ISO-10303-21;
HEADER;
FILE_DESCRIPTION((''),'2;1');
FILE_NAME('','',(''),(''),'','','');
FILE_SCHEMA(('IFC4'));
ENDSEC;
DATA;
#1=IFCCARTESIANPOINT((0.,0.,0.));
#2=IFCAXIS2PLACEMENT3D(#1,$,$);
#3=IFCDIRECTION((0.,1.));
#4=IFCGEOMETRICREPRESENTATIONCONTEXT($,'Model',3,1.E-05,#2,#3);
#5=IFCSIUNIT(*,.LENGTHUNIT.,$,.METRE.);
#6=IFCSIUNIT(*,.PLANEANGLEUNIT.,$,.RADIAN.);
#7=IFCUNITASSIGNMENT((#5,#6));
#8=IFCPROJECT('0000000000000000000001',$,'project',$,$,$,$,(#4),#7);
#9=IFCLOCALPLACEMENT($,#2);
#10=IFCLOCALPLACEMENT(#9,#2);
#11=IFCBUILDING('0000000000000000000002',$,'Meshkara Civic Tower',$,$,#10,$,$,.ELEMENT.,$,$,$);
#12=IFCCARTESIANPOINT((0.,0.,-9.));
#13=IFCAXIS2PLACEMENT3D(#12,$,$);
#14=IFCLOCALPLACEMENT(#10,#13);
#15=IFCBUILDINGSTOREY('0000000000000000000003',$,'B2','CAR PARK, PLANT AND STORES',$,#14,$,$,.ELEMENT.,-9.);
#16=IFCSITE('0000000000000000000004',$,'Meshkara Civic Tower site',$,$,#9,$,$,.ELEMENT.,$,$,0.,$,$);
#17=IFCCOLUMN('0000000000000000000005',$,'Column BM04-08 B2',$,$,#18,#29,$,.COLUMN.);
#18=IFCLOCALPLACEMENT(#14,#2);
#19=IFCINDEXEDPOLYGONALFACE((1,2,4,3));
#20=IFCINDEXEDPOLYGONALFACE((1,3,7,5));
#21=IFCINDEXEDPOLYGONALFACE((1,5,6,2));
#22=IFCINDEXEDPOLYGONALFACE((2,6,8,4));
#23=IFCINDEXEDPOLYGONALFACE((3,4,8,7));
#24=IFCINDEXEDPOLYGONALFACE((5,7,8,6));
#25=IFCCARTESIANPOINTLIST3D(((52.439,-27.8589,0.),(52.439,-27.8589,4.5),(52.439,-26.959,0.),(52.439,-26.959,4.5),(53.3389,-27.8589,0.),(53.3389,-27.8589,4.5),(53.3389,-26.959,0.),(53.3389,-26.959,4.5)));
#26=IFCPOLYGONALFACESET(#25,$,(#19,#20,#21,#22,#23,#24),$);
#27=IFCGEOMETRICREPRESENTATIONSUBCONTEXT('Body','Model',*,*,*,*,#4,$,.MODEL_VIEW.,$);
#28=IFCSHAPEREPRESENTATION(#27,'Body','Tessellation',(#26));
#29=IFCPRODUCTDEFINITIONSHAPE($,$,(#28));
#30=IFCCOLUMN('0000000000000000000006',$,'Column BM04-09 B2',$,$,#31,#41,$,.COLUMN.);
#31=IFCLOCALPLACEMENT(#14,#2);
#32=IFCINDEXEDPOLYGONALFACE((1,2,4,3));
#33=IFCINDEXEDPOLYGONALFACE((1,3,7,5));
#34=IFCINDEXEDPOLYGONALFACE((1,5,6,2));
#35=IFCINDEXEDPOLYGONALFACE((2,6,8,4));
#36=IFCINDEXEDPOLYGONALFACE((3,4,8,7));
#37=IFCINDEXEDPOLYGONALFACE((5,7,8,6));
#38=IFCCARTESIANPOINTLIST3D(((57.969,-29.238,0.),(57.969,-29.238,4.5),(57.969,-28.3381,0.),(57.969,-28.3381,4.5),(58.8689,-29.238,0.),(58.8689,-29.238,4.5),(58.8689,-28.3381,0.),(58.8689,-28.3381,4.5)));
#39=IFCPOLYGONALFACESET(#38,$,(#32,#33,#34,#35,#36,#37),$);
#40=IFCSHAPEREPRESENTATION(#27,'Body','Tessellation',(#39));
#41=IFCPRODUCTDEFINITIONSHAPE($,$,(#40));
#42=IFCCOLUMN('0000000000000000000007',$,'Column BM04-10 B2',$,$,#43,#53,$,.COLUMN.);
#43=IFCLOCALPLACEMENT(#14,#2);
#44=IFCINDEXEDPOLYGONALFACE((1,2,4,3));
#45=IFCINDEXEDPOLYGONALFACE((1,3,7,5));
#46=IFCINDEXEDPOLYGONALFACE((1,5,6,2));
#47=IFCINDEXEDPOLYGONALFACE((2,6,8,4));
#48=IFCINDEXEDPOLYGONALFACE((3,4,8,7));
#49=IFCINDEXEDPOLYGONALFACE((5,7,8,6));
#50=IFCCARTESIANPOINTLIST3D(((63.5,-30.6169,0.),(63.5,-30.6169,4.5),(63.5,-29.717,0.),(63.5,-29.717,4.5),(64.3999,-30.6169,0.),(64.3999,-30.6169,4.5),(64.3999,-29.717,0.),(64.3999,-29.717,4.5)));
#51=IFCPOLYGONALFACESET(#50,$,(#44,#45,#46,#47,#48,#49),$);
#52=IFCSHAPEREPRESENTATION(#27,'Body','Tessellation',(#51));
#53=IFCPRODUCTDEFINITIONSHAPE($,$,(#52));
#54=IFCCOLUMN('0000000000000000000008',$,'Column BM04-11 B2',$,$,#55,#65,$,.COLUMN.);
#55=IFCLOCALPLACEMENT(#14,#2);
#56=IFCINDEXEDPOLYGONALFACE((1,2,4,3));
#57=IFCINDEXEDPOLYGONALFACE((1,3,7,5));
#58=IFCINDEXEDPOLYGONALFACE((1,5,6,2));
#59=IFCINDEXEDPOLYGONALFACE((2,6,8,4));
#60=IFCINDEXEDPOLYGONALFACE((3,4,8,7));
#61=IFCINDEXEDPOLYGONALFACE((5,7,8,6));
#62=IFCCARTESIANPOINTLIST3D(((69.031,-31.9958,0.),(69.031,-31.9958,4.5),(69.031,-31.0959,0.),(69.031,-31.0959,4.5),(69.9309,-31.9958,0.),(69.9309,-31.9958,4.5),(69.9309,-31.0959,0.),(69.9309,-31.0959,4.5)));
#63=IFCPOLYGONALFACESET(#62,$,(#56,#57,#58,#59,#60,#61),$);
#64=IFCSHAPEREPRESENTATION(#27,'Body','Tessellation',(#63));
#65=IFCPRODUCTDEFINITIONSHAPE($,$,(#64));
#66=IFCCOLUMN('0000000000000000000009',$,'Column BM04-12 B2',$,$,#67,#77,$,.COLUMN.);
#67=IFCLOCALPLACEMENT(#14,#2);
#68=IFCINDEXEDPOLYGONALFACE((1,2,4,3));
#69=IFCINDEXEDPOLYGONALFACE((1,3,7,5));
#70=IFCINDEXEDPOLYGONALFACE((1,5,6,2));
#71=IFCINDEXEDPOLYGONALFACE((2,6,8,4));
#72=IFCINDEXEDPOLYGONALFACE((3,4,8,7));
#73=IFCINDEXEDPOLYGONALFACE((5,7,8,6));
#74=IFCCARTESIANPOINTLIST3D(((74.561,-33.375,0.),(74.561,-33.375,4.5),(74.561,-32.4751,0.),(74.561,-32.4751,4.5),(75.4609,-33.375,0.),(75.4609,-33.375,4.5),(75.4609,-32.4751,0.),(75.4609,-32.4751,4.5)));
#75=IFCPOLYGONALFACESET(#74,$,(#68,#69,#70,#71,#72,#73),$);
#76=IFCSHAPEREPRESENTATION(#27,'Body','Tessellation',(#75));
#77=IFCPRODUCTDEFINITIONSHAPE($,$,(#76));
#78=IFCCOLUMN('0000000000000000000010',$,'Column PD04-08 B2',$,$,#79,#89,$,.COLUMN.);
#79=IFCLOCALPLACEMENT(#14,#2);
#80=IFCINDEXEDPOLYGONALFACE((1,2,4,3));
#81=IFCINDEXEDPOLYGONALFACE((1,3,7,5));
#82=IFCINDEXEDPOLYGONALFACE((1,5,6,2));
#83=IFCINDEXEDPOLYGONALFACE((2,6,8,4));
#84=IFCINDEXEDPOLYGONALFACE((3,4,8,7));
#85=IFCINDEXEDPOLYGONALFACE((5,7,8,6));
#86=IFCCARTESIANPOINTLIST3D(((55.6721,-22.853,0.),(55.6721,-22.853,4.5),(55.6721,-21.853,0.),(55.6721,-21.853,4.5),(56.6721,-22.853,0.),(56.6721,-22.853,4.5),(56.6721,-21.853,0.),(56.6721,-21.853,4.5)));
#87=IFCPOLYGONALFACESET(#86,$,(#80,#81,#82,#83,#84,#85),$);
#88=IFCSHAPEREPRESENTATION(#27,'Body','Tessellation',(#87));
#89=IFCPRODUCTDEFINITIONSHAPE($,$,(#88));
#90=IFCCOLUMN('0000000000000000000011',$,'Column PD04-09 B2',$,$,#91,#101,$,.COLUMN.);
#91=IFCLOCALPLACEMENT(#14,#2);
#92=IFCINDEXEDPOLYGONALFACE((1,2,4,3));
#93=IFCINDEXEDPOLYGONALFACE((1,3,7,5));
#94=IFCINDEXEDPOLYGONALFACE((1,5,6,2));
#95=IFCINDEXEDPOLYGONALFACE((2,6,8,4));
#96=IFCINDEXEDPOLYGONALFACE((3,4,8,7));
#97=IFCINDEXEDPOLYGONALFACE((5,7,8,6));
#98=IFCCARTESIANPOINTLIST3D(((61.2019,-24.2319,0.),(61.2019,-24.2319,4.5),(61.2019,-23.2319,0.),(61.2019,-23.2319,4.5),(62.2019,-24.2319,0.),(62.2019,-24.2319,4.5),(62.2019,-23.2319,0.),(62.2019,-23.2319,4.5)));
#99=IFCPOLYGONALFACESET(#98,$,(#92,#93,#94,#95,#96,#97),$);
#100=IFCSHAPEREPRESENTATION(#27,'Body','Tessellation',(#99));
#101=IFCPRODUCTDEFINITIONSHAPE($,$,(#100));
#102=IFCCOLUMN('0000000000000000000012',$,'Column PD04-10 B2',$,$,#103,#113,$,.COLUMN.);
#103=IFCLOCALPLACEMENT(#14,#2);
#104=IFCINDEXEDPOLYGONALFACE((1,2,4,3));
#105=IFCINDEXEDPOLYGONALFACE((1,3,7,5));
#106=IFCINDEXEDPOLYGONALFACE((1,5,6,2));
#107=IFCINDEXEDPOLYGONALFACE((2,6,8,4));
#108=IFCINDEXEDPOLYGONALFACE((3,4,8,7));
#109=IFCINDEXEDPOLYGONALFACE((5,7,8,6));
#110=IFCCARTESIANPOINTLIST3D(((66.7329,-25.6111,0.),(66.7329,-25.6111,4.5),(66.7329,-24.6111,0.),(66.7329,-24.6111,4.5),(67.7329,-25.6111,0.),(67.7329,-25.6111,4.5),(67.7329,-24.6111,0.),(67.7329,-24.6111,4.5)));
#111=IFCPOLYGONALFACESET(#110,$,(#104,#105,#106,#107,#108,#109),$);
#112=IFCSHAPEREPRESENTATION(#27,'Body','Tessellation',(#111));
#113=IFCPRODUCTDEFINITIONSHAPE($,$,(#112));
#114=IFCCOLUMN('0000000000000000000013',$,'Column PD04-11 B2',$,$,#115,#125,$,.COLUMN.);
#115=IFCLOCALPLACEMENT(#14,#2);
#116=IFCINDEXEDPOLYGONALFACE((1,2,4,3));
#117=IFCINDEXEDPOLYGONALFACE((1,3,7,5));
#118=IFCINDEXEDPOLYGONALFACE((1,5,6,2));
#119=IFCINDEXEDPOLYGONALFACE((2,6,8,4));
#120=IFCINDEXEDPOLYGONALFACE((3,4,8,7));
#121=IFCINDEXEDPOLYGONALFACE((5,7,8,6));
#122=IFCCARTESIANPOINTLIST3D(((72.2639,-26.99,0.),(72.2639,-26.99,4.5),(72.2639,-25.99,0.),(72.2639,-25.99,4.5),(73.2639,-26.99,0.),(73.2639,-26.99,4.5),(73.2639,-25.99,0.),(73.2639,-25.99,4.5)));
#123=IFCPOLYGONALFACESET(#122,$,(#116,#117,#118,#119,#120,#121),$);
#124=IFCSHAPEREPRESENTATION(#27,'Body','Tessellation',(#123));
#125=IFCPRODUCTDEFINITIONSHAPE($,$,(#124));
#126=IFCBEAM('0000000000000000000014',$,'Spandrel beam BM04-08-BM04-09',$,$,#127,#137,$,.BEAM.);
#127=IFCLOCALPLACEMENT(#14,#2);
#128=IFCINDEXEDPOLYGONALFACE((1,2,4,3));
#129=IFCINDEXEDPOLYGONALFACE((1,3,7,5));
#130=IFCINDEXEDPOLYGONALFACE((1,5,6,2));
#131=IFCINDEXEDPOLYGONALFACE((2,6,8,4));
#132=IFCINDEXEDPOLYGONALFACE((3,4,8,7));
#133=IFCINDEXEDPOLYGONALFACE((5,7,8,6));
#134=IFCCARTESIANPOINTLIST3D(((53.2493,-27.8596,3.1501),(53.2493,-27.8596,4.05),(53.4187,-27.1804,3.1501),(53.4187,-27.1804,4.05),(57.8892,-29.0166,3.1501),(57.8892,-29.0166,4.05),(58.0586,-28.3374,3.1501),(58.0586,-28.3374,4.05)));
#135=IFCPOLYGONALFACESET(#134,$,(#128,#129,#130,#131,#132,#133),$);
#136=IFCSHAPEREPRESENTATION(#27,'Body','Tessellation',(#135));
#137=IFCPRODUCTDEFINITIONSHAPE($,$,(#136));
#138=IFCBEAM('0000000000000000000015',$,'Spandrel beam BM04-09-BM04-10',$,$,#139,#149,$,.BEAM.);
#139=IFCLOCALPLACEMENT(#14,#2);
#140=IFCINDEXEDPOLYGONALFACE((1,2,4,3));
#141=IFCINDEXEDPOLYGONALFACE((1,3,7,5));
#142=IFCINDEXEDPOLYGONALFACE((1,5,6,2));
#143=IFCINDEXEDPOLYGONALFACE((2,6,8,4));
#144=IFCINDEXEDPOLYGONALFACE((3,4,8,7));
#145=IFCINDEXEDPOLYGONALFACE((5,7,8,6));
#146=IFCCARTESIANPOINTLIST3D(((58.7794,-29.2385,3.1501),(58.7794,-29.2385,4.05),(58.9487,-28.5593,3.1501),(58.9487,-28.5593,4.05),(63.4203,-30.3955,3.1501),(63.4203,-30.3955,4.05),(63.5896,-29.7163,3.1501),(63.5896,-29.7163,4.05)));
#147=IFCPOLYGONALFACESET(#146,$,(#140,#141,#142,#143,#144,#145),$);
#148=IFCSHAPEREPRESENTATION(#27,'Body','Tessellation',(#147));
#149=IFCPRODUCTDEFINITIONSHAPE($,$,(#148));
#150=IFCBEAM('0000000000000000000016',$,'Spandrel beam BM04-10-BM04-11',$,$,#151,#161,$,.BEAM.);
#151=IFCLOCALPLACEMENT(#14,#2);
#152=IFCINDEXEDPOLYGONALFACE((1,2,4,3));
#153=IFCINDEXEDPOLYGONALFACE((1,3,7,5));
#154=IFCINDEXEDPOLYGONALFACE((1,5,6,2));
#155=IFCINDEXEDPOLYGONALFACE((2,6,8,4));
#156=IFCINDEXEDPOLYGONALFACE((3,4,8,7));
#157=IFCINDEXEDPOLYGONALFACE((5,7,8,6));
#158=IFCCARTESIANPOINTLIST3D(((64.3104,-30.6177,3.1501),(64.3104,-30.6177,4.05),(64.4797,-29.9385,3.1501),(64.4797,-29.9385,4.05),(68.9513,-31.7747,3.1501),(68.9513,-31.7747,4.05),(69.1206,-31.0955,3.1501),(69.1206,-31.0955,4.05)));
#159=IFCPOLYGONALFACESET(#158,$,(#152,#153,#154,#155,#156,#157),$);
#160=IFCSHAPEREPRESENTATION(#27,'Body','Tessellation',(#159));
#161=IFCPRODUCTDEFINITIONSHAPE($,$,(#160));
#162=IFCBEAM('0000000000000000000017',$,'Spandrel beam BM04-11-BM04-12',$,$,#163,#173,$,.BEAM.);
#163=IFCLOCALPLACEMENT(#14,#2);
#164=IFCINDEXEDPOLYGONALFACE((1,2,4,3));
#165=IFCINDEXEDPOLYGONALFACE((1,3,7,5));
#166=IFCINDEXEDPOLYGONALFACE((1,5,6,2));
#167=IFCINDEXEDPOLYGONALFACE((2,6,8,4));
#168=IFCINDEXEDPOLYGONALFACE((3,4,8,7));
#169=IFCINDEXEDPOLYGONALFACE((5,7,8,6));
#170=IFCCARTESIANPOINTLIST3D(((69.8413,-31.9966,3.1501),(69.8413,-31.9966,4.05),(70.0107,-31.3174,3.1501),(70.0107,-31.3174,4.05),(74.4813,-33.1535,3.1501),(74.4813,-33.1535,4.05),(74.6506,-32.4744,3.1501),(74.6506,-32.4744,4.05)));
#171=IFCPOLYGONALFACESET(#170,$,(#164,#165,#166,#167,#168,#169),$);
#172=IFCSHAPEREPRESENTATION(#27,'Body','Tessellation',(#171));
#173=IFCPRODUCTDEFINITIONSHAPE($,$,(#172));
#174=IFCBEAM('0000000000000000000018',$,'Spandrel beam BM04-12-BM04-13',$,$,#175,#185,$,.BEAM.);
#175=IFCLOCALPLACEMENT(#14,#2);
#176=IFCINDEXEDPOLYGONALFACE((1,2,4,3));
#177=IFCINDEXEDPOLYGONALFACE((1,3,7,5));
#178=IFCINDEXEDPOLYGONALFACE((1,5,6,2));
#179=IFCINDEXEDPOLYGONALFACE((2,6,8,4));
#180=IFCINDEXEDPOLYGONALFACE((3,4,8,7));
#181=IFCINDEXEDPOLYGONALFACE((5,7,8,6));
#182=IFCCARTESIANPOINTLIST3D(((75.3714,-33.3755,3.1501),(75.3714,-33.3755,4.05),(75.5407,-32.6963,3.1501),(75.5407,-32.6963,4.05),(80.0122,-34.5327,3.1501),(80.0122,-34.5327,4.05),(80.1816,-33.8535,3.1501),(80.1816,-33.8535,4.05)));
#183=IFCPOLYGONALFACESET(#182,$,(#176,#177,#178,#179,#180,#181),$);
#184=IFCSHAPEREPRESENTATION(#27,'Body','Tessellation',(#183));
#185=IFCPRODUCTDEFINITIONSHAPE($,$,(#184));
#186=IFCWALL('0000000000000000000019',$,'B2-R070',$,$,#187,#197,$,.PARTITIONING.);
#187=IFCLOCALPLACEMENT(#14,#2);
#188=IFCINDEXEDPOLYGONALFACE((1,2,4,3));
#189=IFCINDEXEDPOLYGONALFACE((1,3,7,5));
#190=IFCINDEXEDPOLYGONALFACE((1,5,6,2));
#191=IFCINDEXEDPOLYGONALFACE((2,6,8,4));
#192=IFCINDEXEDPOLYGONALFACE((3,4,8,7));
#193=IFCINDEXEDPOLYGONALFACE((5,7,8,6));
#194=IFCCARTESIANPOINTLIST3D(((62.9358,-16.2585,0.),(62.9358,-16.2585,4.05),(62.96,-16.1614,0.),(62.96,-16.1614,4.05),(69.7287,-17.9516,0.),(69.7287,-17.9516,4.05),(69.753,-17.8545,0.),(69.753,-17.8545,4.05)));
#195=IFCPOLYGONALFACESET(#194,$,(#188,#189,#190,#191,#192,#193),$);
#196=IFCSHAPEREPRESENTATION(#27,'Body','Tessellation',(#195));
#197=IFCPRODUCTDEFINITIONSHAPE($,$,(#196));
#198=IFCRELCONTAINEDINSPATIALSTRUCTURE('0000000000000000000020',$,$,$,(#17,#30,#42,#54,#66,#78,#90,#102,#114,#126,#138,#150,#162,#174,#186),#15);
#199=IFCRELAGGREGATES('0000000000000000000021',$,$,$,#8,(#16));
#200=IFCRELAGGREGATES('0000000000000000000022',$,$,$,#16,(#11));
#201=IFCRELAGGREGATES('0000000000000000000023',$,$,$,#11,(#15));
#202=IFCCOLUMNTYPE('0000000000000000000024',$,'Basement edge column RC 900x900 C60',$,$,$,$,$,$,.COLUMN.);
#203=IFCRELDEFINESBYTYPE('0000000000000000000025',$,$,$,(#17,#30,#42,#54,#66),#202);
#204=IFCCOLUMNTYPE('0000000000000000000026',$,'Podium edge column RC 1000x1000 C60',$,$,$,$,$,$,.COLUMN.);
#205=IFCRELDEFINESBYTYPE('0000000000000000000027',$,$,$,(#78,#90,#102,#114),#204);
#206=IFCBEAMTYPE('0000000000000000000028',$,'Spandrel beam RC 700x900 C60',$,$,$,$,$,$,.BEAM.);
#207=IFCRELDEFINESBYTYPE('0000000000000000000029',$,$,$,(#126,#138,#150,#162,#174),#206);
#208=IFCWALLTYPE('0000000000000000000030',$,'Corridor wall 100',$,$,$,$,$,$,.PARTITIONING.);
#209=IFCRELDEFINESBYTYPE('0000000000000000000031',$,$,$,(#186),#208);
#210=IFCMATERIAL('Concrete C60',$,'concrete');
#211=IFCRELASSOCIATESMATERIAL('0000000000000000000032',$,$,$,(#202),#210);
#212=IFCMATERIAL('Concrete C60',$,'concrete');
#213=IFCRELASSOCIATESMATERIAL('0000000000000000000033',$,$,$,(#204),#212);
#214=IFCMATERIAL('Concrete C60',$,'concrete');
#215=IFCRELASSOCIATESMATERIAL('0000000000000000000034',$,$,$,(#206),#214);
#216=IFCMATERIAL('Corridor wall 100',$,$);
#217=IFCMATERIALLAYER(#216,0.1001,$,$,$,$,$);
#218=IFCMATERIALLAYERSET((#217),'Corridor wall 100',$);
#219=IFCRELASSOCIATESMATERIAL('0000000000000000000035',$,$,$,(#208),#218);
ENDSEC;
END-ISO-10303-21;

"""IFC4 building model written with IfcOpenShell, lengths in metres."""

from ifc_helpers import new_model, si_unit, direction, frame, frame_2d, origin, origin_2d, place, context, subcontext, project, spatial, rectangle, extrude, material, layer, layer_set, material_profile, profile_set, type_object, element, save


model = new_model("IFC4")

# Units and contexts
model_context = context("Model", 3, precision=1e-05, world=origin(), true_north=direction((0.0, 1.0)))
body_context = subcontext(model_context, "Body", "Model", "MODEL_VIEW")
ifc_project = project(units=[si_unit("LENGTHUNIT", "METRE"), si_unit("PLANEANGLEUNIT", "RADIAN")], contexts=[model_context])

# Site, building, storey
site_placement = place(None, origin())
site = spatial("IfcSite", under=ifc_project, at=site_placement, Name="Meshkara Civic Tower site", CompositionType="ELEMENT", RefElevation=0.0)
building_placement = place(site_placement, origin())
building = spatial("IfcBuilding", under=site, at=building_placement, Name="Meshkara Civic Tower", CompositionType="ELEMENT")
storey_placement = place(building_placement, frame((0.0, 0.0, -9.0)))
storey = spatial("IfcBuildingStorey", under=building, at=storey_placement, Name="B2", Description="CAR PARK, PLANT AND STORES", CompositionType="ELEMENT", Elevation=-9.0)

# Columns
ifc_material_1 = material(Name="Concrete C60", Category="concrete")
ifc_material_profile_1 = material_profile(ifc_material_1, rectangle(XDim=0.8999, YDim=0.8999, at=origin_2d()))
ifc_profile_set_1 = profile_set([ifc_material_profile_1], Name="Concrete C60")
column_type_1 = type_object("IfcColumnType", Name="Basement edge column RC 900x900 C60", PredefinedType="COLUMN", material=ifc_profile_set_1)
for number, where, z_axis, x_axis, name in (
    (1, (52.8889, -27.4089, 0.0), (0.0, 0.0, 1.0), (1.0, 0.0, 0.0), "Column BM04-08 B2"),
    (2, (58.4189, -28.7881, 0.0), (0.0, 0.0, 1.0), (1.0, 0.0, 0.0), "Column BM04-09 B2"),
    (3, (63.95, -30.167, 0.0), (0.0, 0.0, 1.0), (1.0, 0.0, 0.0), "Column BM04-10 B2"),
    (4, (69.481, -31.5459, 0.0), (0.0, 0.0, 1.0), (1.0, 0.0, 0.0), "Column BM04-11 B2"),
    (5, (75.011, -32.925, 0.0), (0.0, 0.0, 1.0), (1.0, 0.0, 0.0), "Column BM04-12 B2"),
):
    element("IfcColumn", number, at=place(storey_placement, frame(where, z_axis=z_axis, x_axis=x_axis)), inside=storey, type_object=column_type_1, Name=name, PredefinedType="COLUMN", context=body_context, shape_type="SweptSolid", body=[
        extrude(rectangle(XDim=0.8999, YDim=0.8999, at=origin_2d()), origin(), (0.0, 0.0, 1.0), 4.5),
    ])
ifc_material_2 = material(Name="Concrete C60", Category="concrete")
ifc_material_profile_2 = material_profile(ifc_material_2, rectangle(XDim=1.0, YDim=1.0, at=origin_2d()))
ifc_profile_set_2 = profile_set([ifc_material_profile_2], Name="Concrete C60")
column_type_2 = type_object("IfcColumnType", Name="Podium edge column RC 1000x1000 C60", PredefinedType="COLUMN", material=ifc_profile_set_2)
for number, where, z_axis, x_axis, name in (
    (6, (56.1721, -22.353, 0.0), (0.0, 0.0, 1.0), (1.0, 0.0, 0.0), "Column PD04-08 B2"),
    (7, (61.7019, -23.7319, 0.0), (0.0, 0.0, 1.0), (1.0, 0.0, 0.0), "Column PD04-09 B2"),
    (8, (67.2329, -25.1111, 0.0), (0.0, 0.0, 1.0), (1.0, 0.0, 0.0), "Column PD04-10 B2"),
    (9, (72.7639, -26.49, 0.0), (0.0, 0.0, 1.0), (1.0, 0.0, 0.0), "Column PD04-11 B2"),
):
    element("IfcColumn", number, at=place(storey_placement, frame(where, z_axis=z_axis, x_axis=x_axis)), inside=storey, type_object=column_type_2, Name=name, PredefinedType="COLUMN", context=body_context, shape_type="SweptSolid", body=[
        extrude(rectangle(XDim=1.0, YDim=1.0, at=origin_2d()), origin(), (0.0, 0.0, 1.0), 4.5),
    ])

# Beams
ifc_material_3 = material(Name="Concrete C60", Category="concrete")
ifc_material_profile_3 = material_profile(ifc_material_3, rectangle(XDim=0.7, YDim=0.8999, at=origin_2d()))
ifc_profile_set_3 = profile_set([ifc_material_profile_3], Name="Concrete C60")
beam_type = type_object("IfcBeamType", Name="Spandrel beam RC 700x900 C60", PredefinedType="BEAM", material=ifc_profile_set_3)
beam_1_placement = place(storey_placement, frame((53.334, -27.52, 3.6001), z_axis=(0.970289, -0.241947, 0.0), x_axis=(0.241947, 0.970289, 0.0)))
element("IfcBeam", 10, at=beam_1_placement, inside=storey, type_object=beam_type, Name="Spandrel beam BM04-08-BM04-09", PredefinedType="BEAM", context=body_context, shape_type="SweptSolid", body=[
    extrude(rectangle(XDim=0.7, YDim=0.8999, at=origin_2d()), origin(), (0.0, 0.0, 1.0), 4.782),
])
for number, where, z_axis, x_axis, name in (
    (11, (58.864, -28.8989, 3.6001), (0.970301, -0.241899, 0.0), (0.241899, 0.970301, 0.0), "Spandrel beam BM04-09-BM04-10"),
    (12, (64.395, -30.2781, 3.6001), (0.970301, -0.241899, 0.0), (0.241899, 0.970301, 0.0), "Spandrel beam BM04-10-BM04-11"),
):
    element("IfcBeam", number, at=place(storey_placement, frame(where, z_axis=z_axis, x_axis=x_axis)), inside=storey, type_object=beam_type, Name=name, PredefinedType="BEAM", context=body_context, shape_type="SweptSolid", body=[
        extrude(rectangle(XDim=0.7, YDim=0.8999, at=origin_2d()), origin(), (0.0, 0.0, 1.0), 4.783),
    ])
beam_2_placement = place(storey_placement, frame((69.926, -31.657, 3.6001), z_axis=(0.970289, -0.241947, 0.0), x_axis=(0.241947, 0.970289, 0.0)))
element("IfcBeam", 13, at=beam_2_placement, inside=storey, type_object=beam_type, Name="Spandrel beam BM04-11-BM04-12", PredefinedType="BEAM", context=body_context, shape_type="SweptSolid", body=[
    extrude(rectangle(XDim=0.7, YDim=0.8999, at=origin_2d()), origin(), (0.0, 0.0, 1.0), 4.782),
])
beam_3_placement = place(storey_placement, frame((75.4561, -33.0359, 3.6001), z_axis=(0.970289, -0.241947, 0.0), x_axis=(0.241947, 0.970289, 0.0)))
element("IfcBeam", 14, at=beam_3_placement, inside=storey, type_object=beam_type, Name="Spandrel beam BM04-12-BM04-13", PredefinedType="BEAM", context=body_context, shape_type="SweptSolid", body=[
    extrude(rectangle(XDim=0.7, YDim=0.8999, at=origin_2d()), origin(), (0.0, 0.0, 1.0), 4.783),
])

# Wall
ifc_material_4 = material(Name="Corridor wall 100")
ifc_layer = layer(ifc_material_4, 0.1001)
ifc_layer_set = layer_set([ifc_layer], Name="Corridor wall 100")
wall_type = type_object("IfcWallType", Name="Corridor wall 100", PredefinedType="PARTITIONING", material=ifc_layer_set)
wall_placement = place(storey_placement, frame((69.741, -17.9031, 0.0), z_axis=(0.0, 0.0, 1.0), x_axis=(-0.970315, 0.241846, 0.0)))
element("IfcWall", 15, at=wall_placement, inside=storey, type_object=wall_type, Name="B2-R070", PredefinedType="PARTITIONING", context=body_context, shape_type="SweptSolid", body=[
    extrude(rectangle(XDim=7.0007, YDim=0.1001, at=frame_2d((3.5005, 0.0))), origin(), (0.0, 0.0, 1.0), 4.05),
])

save(model, "model.ifc")
